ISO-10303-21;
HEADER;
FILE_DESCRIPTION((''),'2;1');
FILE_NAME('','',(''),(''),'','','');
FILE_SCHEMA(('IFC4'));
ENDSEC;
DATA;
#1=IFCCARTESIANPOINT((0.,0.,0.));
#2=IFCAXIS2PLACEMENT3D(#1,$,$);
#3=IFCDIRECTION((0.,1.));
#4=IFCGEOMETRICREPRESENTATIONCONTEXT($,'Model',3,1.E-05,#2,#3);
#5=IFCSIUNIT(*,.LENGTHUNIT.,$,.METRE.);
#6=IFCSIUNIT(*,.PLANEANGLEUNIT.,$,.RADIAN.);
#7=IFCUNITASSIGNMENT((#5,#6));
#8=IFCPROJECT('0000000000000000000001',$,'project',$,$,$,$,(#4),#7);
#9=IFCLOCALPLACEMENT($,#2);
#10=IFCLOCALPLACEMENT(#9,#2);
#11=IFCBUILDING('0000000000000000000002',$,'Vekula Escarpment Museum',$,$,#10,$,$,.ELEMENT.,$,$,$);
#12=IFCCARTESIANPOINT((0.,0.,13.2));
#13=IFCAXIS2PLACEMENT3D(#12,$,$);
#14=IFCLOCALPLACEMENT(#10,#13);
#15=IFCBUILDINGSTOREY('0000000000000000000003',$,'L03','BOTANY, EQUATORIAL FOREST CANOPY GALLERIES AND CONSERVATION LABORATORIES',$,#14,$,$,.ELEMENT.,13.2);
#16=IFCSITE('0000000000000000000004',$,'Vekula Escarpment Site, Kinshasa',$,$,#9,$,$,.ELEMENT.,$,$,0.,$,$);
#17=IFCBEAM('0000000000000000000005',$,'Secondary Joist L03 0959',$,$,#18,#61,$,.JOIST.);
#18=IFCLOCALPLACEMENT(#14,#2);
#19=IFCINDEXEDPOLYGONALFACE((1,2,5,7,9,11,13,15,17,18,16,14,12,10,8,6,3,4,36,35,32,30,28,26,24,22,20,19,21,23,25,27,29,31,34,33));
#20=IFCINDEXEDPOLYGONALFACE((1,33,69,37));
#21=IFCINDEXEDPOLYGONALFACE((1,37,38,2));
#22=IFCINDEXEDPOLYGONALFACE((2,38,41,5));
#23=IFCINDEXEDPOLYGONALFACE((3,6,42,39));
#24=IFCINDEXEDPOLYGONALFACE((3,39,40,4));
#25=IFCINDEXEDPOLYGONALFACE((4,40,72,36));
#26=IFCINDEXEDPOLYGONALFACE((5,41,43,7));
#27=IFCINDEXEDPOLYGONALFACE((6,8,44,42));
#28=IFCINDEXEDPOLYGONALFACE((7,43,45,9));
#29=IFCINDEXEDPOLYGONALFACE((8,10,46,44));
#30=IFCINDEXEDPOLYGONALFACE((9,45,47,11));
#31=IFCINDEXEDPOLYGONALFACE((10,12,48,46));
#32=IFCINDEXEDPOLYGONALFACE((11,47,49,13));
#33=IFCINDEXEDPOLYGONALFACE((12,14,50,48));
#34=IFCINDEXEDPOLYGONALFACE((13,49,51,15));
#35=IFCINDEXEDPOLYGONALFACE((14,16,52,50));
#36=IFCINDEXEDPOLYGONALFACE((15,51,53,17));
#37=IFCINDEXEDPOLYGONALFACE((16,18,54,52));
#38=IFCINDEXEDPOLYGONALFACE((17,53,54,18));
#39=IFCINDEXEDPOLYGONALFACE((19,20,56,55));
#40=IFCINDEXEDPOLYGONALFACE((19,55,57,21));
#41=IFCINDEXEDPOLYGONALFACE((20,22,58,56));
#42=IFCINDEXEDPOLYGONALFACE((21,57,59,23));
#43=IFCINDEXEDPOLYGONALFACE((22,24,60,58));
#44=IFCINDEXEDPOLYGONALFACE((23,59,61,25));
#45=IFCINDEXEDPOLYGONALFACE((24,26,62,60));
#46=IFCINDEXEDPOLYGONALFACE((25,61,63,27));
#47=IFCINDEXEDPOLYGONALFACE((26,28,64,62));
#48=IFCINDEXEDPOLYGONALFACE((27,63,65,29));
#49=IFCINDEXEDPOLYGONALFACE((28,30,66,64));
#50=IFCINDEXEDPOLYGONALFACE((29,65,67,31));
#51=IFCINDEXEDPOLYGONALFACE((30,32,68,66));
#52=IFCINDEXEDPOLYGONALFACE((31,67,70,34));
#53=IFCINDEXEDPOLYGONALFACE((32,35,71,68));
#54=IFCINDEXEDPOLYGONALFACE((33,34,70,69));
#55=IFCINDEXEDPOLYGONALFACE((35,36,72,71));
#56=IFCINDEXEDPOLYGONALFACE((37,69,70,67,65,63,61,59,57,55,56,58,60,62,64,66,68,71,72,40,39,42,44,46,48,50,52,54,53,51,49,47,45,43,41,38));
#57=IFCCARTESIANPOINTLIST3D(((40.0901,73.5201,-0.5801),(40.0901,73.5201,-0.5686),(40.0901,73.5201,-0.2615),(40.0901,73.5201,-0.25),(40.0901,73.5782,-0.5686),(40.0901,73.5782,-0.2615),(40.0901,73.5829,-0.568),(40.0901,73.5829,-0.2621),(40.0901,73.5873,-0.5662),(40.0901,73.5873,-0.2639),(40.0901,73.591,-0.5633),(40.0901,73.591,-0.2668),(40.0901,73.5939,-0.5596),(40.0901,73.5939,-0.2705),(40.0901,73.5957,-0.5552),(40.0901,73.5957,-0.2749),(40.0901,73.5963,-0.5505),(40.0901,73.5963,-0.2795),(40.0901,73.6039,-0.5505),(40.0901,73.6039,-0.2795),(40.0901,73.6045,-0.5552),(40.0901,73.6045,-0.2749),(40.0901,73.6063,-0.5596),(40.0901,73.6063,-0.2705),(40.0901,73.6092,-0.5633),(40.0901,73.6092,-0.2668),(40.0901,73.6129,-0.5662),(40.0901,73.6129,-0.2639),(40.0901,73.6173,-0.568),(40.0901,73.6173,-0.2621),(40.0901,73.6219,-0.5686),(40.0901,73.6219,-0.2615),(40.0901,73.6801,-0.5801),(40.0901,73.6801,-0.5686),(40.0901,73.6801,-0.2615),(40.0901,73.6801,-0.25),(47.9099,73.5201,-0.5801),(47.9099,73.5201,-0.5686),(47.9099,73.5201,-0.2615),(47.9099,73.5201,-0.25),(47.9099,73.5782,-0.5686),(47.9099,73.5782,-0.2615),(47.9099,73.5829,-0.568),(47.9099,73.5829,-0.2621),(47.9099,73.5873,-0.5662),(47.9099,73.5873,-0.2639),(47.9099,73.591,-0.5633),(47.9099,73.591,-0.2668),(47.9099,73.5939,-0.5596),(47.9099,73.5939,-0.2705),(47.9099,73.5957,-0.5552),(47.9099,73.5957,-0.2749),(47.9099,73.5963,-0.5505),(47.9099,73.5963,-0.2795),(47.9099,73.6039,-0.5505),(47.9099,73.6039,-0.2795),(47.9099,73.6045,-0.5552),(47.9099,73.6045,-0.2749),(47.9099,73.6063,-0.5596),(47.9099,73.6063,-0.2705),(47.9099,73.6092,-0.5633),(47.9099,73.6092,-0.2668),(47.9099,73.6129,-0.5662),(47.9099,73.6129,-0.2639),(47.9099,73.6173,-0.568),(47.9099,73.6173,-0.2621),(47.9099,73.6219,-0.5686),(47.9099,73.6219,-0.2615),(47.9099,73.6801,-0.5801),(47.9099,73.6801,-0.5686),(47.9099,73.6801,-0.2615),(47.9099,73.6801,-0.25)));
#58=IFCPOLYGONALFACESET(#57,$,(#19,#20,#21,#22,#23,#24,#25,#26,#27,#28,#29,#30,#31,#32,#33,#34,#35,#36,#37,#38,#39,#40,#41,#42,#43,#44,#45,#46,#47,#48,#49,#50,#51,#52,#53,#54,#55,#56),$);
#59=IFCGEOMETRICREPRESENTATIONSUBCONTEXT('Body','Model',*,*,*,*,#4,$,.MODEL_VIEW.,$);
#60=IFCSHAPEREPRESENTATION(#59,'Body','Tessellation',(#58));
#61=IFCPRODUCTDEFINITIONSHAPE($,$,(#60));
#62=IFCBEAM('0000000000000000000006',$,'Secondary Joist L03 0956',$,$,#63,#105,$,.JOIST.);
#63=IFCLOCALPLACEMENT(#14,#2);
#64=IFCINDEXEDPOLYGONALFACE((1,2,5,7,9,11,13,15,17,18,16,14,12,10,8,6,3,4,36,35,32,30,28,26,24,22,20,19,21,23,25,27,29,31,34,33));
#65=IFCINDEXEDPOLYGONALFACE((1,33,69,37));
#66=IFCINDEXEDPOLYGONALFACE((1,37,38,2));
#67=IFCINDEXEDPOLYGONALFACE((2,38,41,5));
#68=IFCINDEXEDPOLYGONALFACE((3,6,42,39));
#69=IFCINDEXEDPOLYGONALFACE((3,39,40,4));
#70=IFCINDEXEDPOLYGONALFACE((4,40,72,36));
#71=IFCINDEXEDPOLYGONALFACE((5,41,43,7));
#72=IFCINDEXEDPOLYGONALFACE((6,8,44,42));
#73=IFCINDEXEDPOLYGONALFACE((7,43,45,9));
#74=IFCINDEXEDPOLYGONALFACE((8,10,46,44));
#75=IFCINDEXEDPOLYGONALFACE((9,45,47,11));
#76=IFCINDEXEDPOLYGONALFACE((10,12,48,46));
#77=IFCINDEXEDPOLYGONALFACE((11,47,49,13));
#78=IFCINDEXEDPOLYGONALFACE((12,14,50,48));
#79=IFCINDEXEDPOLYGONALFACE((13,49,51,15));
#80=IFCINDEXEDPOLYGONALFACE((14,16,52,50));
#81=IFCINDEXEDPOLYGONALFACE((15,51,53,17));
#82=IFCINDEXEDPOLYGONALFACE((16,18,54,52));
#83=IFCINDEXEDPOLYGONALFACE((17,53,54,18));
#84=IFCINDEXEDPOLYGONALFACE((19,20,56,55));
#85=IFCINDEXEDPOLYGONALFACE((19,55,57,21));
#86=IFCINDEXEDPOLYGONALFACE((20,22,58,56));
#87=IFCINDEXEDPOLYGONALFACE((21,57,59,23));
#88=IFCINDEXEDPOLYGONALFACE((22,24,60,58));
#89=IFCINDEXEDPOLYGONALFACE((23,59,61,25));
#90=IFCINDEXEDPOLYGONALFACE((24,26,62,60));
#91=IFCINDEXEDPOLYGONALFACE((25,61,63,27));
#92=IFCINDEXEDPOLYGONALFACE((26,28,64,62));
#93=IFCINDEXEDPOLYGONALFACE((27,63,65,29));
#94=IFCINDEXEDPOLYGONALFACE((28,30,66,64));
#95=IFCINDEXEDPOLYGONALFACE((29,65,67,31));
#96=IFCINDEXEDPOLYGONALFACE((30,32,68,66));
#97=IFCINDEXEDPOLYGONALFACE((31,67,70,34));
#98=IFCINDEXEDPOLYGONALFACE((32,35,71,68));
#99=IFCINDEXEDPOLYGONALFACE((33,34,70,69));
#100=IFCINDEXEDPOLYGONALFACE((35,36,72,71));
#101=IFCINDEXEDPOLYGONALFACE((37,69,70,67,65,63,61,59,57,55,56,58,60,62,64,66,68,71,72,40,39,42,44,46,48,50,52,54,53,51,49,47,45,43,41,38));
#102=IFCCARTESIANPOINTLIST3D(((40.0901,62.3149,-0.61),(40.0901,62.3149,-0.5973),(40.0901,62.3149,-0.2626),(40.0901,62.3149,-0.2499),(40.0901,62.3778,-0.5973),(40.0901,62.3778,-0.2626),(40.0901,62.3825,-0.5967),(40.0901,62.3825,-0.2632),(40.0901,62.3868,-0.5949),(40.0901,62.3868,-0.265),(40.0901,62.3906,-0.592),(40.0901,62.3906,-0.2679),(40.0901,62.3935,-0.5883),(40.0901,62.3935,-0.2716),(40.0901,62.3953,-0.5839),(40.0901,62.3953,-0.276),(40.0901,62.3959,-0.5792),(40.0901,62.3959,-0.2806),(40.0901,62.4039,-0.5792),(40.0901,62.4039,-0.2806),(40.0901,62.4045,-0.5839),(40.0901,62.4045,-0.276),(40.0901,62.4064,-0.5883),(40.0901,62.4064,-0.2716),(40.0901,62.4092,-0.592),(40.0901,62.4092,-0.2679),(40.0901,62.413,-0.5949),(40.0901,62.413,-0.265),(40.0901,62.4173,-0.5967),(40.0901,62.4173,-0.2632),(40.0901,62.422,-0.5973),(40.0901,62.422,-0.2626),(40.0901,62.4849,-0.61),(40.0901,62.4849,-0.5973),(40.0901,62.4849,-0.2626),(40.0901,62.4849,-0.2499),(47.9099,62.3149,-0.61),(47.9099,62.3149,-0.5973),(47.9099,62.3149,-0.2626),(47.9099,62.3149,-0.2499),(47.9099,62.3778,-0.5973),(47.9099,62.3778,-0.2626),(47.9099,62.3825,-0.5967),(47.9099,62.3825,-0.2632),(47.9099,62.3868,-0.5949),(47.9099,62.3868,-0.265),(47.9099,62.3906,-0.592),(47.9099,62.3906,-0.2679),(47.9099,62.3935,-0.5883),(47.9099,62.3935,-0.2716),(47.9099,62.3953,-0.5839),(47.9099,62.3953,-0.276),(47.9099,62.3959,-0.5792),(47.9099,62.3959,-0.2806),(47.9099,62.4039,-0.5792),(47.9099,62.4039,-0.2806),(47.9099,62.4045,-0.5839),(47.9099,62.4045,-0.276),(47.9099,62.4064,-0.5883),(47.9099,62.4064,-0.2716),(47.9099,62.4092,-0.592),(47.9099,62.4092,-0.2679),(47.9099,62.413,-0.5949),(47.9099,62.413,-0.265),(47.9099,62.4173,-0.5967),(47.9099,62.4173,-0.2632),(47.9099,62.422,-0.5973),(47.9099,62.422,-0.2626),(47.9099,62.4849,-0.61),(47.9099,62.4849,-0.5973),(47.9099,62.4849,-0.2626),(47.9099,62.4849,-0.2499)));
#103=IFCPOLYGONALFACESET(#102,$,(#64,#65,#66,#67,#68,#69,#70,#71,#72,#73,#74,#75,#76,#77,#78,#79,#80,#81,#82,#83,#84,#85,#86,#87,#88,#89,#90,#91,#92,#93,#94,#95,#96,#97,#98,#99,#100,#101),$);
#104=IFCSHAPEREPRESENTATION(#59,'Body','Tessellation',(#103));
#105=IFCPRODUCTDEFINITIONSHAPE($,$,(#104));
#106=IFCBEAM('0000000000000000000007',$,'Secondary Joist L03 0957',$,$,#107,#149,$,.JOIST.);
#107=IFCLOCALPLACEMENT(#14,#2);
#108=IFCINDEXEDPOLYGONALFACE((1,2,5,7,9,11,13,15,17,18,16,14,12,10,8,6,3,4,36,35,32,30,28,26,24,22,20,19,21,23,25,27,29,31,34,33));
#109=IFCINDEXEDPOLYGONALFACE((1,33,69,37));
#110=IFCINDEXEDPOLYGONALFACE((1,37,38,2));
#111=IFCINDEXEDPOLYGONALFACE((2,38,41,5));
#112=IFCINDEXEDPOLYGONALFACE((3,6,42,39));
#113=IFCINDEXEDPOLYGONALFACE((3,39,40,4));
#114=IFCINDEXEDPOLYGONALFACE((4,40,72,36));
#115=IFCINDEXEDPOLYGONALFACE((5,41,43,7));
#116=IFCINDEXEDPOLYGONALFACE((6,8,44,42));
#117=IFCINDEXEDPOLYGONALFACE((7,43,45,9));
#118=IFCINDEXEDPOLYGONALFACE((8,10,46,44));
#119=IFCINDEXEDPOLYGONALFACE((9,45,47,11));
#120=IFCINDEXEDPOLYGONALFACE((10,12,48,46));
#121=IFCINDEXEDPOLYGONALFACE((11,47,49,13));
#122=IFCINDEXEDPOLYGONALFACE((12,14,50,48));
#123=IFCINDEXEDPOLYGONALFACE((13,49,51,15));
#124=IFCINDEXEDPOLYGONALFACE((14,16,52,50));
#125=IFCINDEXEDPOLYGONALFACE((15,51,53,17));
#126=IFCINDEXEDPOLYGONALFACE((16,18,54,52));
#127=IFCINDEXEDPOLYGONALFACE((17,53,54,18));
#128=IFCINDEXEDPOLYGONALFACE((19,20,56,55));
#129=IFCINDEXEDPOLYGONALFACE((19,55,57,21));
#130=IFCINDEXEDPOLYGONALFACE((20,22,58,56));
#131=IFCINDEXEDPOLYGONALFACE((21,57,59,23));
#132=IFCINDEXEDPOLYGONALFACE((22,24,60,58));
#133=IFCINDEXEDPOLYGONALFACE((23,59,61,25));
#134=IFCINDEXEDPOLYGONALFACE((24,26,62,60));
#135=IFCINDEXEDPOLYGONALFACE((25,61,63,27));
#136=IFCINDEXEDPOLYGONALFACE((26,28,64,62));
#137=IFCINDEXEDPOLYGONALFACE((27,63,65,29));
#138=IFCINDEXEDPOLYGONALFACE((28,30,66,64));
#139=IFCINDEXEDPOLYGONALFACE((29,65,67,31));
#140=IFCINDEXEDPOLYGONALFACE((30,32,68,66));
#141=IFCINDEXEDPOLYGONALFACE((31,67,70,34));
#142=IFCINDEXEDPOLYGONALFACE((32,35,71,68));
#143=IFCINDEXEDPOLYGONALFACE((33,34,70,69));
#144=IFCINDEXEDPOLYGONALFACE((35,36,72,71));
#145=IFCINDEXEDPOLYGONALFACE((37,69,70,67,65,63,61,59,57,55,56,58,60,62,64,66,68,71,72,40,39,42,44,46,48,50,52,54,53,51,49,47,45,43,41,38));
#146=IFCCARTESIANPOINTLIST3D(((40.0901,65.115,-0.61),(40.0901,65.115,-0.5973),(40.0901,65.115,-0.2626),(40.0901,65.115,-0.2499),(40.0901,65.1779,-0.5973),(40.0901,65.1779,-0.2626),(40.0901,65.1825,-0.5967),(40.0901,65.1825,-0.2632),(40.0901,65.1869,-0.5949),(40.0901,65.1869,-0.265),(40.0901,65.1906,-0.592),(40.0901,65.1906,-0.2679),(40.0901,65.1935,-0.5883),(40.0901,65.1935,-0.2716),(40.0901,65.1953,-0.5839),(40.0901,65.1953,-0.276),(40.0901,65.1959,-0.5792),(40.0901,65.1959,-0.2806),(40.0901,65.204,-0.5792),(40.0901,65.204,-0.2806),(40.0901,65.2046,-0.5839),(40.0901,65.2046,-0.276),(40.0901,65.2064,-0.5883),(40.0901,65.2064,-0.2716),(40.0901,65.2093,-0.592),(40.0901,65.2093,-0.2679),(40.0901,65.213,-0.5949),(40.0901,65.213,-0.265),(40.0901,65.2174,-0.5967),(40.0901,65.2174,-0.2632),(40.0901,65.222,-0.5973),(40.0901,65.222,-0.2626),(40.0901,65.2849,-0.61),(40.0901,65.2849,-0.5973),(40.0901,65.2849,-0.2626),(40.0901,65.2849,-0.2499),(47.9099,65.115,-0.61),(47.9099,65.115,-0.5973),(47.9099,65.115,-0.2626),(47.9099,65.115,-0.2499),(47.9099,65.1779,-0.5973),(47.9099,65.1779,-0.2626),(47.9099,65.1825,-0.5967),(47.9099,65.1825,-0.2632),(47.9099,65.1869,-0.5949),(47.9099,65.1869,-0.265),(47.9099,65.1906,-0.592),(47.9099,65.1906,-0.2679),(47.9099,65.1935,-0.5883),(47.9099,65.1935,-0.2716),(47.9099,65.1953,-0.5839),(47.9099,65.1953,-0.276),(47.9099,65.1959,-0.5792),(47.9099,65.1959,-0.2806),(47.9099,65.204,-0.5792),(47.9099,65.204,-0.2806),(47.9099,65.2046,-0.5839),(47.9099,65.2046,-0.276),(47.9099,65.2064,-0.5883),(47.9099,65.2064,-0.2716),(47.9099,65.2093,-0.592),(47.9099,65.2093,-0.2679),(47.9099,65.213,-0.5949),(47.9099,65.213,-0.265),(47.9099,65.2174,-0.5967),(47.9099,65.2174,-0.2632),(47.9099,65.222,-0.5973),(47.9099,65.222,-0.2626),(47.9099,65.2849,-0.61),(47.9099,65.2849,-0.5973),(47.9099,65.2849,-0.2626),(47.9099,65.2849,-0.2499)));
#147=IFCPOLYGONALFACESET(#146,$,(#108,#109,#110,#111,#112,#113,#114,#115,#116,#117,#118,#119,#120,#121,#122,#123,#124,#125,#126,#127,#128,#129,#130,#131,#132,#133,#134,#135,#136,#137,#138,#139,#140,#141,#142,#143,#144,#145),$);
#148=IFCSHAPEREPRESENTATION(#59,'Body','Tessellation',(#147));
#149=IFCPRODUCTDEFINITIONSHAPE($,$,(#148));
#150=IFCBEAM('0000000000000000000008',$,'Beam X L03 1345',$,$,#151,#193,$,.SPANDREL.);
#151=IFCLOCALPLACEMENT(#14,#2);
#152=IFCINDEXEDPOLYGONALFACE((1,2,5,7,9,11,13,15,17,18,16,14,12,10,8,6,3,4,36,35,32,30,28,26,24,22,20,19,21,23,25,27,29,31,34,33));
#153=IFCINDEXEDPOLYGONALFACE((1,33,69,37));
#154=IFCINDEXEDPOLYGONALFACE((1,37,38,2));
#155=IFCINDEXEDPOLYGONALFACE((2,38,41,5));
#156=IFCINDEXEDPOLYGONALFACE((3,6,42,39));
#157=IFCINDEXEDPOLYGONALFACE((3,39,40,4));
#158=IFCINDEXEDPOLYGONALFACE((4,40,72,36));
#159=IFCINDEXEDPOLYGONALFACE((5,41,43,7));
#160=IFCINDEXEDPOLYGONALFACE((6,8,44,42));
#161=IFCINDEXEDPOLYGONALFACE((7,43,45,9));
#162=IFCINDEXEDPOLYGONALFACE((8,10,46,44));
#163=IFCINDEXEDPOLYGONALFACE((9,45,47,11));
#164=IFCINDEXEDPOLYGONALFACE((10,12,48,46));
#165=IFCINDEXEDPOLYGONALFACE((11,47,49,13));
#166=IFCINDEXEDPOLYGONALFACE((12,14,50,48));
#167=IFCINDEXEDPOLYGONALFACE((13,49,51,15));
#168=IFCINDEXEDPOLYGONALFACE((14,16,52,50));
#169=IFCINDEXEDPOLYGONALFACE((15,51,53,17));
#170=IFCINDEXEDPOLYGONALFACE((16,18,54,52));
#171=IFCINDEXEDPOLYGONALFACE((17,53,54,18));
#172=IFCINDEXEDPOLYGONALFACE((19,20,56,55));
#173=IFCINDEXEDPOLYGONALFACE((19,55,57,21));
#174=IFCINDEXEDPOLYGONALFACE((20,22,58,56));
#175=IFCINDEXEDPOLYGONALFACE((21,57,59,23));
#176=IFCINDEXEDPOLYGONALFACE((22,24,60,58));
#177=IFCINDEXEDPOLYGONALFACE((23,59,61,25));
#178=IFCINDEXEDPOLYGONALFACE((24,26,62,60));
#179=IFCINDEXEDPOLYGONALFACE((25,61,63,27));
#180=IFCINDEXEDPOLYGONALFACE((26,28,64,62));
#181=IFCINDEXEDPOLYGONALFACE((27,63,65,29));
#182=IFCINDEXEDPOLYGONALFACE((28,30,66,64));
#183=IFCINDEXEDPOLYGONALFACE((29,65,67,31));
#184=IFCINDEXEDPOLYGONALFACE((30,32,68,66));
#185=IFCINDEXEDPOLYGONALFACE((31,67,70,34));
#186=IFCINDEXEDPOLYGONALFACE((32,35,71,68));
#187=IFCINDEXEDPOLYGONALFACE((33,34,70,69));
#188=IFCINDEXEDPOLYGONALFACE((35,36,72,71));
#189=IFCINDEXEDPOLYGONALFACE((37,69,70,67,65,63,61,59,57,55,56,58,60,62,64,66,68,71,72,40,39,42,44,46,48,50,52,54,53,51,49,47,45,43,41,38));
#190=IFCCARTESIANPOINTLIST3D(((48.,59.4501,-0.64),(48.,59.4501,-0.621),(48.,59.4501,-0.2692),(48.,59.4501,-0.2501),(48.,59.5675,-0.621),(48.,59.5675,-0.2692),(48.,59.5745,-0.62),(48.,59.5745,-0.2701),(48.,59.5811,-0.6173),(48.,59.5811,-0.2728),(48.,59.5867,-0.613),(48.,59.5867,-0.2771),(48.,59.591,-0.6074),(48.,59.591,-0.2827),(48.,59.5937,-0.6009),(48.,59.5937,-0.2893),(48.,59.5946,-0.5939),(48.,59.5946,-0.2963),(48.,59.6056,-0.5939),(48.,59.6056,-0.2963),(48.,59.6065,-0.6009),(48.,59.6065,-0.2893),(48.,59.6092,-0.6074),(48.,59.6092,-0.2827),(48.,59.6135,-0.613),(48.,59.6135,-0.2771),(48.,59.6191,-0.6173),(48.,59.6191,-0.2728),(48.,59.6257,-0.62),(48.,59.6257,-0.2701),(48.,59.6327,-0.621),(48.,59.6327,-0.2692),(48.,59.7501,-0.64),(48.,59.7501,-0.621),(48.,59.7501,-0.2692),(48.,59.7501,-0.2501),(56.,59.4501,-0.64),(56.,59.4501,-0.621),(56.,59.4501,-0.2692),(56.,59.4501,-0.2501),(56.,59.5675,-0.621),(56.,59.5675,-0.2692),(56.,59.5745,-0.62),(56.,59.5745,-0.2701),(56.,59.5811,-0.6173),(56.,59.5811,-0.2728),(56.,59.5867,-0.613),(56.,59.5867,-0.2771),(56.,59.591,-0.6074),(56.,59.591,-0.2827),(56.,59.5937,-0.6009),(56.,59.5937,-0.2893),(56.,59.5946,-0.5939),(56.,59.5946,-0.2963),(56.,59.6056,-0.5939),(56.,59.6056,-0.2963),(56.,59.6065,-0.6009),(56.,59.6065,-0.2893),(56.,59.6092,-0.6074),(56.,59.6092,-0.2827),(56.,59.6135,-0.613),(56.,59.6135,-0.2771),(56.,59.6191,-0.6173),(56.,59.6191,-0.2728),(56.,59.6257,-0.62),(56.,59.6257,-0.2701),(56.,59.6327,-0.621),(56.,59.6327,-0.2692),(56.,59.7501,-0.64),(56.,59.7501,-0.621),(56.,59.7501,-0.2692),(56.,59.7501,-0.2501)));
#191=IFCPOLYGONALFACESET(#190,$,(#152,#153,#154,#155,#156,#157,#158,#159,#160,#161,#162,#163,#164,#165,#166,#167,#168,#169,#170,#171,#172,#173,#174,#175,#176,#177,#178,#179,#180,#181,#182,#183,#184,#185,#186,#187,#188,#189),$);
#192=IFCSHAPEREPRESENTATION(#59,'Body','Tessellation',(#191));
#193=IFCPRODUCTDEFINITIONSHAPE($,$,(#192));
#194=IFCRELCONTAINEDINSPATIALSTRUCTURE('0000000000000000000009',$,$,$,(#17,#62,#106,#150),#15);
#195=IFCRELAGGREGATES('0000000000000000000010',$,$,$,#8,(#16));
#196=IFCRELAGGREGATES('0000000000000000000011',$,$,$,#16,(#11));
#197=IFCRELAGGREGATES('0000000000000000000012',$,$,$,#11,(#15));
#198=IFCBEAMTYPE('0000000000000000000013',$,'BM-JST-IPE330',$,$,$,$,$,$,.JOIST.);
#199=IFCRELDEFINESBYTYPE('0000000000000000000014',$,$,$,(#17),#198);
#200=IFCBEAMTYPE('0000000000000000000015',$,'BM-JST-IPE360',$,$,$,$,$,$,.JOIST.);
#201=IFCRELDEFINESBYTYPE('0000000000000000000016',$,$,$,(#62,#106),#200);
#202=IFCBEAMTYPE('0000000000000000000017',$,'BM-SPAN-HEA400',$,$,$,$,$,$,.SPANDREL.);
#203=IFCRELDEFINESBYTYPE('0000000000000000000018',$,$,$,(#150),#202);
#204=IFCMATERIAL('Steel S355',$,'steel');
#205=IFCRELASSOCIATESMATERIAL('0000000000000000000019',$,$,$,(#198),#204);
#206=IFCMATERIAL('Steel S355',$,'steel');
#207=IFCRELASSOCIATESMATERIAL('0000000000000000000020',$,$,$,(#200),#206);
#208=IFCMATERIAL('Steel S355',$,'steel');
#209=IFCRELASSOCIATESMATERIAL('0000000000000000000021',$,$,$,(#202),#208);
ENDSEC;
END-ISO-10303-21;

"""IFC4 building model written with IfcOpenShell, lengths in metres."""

from ifc_helpers import new_model, si_unit, direction, frame, origin, origin_2d, place, context, subcontext, project, spatial, i_section, extrude, material, material_profile, profile_set, type_object, element, save


model = new_model("IFC4")

# Units and contexts
model_context = context("Model", 3, precision=1e-05, world=origin(), true_north=direction((0.0, 1.0)))
body_context = subcontext(model_context, "Body", "Model", "MODEL_VIEW")
ifc_project = project(units=[si_unit("LENGTHUNIT", "METRE"), si_unit("PLANEANGLEUNIT", "RADIAN")], contexts=[model_context])

# Site, building, storey
site_placement = place(None, origin())
site = spatial("IfcSite", under=ifc_project, at=site_placement, Name="Vekula Escarpment Site, Kinshasa", CompositionType="ELEMENT", RefElevation=0.0)
building_placement = place(site_placement, origin())
building = spatial("IfcBuilding", under=site, at=building_placement, Name="Vekula Escarpment Museum", CompositionType="ELEMENT")
storey_placement = place(building_placement, frame((0.0, 0.0, 13.2)))
storey = spatial("IfcBuildingStorey", under=building, at=storey_placement, Name="L03", Description="BOTANY, EQUATORIAL FOREST CANOPY GALLERIES AND CONSERVATION LABORATORIES", CompositionType="ELEMENT", Elevation=13.2)

# Beams
ifc_material_1 = material(Name="Steel S355", Category="steel")
ifc_material_profile_1 = material_profile(ifc_material_1, i_section(OverallWidth=0.1599, OverallDepth=0.3301, WebThickness=0.0076, FlangeThickness=0.0115, FilletRadius=0.0181, at=origin_2d()), Name="IPE 330")
ifc_profile_set_1 = profile_set([ifc_material_profile_1], Name="Steel S355")
beam_type_1 = type_object("IfcBeamType", Name="BM-JST-IPE330", PredefinedType="JOIST", material=ifc_profile_set_1)
for number, where, z_axis, x_axis, name in (
    (1, (40.0901, 73.6001, -0.415), (1.0, 0.0, 0.0), (0.0, 1.0, 0.0), "Secondary Joist L03 0959"),
):
    element("IfcBeam", number, at=place(storey_placement, frame(where, z_axis=z_axis, x_axis=x_axis)), inside=storey, type_object=beam_type_1, Name=name, PredefinedType="JOIST", context=body_context, shape_type="SweptSolid", body=[
        extrude(i_section(OverallWidth=0.1599, OverallDepth=0.3301, WebThickness=0.0076, FlangeThickness=0.0115, FilletRadius=0.0181, at=origin_2d()), origin(), (0.0, 0.0, 1.0), 7.8198),
    ])
ifc_material_2 = material(Name="Steel S355", Category="steel")
ifc_material_profile_2 = material_profile(ifc_material_2, i_section(OverallWidth=0.1699, OverallDepth=0.3601, WebThickness=0.0081, FlangeThickness=0.0127, FilletRadius=0.0181, at=origin_2d()), Name="IPE 360")
ifc_profile_set_2 = profile_set([ifc_material_profile_2], Name="Steel S355")
beam_type_2 = type_object("IfcBeamType", Name="BM-JST-IPE360", PredefinedType="JOIST", material=ifc_profile_set_2)
for number, where, z_axis, x_axis, name in (
    (2, (40.0901, 62.3999, -0.4299), (1.0, 0.0, 0.0), (0.0, 1.0, 0.0), "Secondary Joist L03 0956"),
    (3, (40.0901, 65.2, -0.4299), (1.0, 0.0, 0.0), (0.0, 1.0, 0.0), "Secondary Joist L03 0957"),
):
    element("IfcBeam", number, at=place(storey_placement, frame(where, z_axis=z_axis, x_axis=x_axis)), inside=storey, type_object=beam_type_2, Name=name, PredefinedType="JOIST", context=body_context, shape_type="SweptSolid", body=[
        extrude(i_section(OverallWidth=0.1699, OverallDepth=0.3601, WebThickness=0.0081, FlangeThickness=0.0127, FilletRadius=0.0181, at=origin_2d()), origin(), (0.0, 0.0, 1.0), 7.8198),
    ])
ifc_material_3 = material(Name="Steel S355", Category="steel")
ifc_material_profile_3 = material_profile(ifc_material_3, i_section(OverallWidth=0.3, OverallDepth=0.3899, WebThickness=0.011, FlangeThickness=0.019, FilletRadius=0.0271, at=origin_2d()), Name="HEA 400")
ifc_profile_set_3 = profile_set([ifc_material_profile_3], Name="Steel S355")
beam_type_3 = type_object("IfcBeamType", Name="BM-SPAN-HEA400", PredefinedType="SPANDREL", material=ifc_profile_set_3)
beam_1_placement = place(storey_placement, frame((48.0, 59.6001, -0.4451), z_axis=(1.0, 0.0, 0.0), x_axis=(0.0, 1.0, 0.0)))
element("IfcBeam", 4, at=beam_1_placement, inside=storey, type_object=beam_type_3, Name="Beam X L03 1345", PredefinedType="SPANDREL", context=body_context, shape_type="SweptSolid", body=[
    extrude(i_section(OverallWidth=0.3, OverallDepth=0.3899, WebThickness=0.011, FlangeThickness=0.019, FilletRadius=0.0271, at=origin_2d()), origin(), (0.0, 0.0, 1.0), 8.0),
])

save(model, "model.ifc")
